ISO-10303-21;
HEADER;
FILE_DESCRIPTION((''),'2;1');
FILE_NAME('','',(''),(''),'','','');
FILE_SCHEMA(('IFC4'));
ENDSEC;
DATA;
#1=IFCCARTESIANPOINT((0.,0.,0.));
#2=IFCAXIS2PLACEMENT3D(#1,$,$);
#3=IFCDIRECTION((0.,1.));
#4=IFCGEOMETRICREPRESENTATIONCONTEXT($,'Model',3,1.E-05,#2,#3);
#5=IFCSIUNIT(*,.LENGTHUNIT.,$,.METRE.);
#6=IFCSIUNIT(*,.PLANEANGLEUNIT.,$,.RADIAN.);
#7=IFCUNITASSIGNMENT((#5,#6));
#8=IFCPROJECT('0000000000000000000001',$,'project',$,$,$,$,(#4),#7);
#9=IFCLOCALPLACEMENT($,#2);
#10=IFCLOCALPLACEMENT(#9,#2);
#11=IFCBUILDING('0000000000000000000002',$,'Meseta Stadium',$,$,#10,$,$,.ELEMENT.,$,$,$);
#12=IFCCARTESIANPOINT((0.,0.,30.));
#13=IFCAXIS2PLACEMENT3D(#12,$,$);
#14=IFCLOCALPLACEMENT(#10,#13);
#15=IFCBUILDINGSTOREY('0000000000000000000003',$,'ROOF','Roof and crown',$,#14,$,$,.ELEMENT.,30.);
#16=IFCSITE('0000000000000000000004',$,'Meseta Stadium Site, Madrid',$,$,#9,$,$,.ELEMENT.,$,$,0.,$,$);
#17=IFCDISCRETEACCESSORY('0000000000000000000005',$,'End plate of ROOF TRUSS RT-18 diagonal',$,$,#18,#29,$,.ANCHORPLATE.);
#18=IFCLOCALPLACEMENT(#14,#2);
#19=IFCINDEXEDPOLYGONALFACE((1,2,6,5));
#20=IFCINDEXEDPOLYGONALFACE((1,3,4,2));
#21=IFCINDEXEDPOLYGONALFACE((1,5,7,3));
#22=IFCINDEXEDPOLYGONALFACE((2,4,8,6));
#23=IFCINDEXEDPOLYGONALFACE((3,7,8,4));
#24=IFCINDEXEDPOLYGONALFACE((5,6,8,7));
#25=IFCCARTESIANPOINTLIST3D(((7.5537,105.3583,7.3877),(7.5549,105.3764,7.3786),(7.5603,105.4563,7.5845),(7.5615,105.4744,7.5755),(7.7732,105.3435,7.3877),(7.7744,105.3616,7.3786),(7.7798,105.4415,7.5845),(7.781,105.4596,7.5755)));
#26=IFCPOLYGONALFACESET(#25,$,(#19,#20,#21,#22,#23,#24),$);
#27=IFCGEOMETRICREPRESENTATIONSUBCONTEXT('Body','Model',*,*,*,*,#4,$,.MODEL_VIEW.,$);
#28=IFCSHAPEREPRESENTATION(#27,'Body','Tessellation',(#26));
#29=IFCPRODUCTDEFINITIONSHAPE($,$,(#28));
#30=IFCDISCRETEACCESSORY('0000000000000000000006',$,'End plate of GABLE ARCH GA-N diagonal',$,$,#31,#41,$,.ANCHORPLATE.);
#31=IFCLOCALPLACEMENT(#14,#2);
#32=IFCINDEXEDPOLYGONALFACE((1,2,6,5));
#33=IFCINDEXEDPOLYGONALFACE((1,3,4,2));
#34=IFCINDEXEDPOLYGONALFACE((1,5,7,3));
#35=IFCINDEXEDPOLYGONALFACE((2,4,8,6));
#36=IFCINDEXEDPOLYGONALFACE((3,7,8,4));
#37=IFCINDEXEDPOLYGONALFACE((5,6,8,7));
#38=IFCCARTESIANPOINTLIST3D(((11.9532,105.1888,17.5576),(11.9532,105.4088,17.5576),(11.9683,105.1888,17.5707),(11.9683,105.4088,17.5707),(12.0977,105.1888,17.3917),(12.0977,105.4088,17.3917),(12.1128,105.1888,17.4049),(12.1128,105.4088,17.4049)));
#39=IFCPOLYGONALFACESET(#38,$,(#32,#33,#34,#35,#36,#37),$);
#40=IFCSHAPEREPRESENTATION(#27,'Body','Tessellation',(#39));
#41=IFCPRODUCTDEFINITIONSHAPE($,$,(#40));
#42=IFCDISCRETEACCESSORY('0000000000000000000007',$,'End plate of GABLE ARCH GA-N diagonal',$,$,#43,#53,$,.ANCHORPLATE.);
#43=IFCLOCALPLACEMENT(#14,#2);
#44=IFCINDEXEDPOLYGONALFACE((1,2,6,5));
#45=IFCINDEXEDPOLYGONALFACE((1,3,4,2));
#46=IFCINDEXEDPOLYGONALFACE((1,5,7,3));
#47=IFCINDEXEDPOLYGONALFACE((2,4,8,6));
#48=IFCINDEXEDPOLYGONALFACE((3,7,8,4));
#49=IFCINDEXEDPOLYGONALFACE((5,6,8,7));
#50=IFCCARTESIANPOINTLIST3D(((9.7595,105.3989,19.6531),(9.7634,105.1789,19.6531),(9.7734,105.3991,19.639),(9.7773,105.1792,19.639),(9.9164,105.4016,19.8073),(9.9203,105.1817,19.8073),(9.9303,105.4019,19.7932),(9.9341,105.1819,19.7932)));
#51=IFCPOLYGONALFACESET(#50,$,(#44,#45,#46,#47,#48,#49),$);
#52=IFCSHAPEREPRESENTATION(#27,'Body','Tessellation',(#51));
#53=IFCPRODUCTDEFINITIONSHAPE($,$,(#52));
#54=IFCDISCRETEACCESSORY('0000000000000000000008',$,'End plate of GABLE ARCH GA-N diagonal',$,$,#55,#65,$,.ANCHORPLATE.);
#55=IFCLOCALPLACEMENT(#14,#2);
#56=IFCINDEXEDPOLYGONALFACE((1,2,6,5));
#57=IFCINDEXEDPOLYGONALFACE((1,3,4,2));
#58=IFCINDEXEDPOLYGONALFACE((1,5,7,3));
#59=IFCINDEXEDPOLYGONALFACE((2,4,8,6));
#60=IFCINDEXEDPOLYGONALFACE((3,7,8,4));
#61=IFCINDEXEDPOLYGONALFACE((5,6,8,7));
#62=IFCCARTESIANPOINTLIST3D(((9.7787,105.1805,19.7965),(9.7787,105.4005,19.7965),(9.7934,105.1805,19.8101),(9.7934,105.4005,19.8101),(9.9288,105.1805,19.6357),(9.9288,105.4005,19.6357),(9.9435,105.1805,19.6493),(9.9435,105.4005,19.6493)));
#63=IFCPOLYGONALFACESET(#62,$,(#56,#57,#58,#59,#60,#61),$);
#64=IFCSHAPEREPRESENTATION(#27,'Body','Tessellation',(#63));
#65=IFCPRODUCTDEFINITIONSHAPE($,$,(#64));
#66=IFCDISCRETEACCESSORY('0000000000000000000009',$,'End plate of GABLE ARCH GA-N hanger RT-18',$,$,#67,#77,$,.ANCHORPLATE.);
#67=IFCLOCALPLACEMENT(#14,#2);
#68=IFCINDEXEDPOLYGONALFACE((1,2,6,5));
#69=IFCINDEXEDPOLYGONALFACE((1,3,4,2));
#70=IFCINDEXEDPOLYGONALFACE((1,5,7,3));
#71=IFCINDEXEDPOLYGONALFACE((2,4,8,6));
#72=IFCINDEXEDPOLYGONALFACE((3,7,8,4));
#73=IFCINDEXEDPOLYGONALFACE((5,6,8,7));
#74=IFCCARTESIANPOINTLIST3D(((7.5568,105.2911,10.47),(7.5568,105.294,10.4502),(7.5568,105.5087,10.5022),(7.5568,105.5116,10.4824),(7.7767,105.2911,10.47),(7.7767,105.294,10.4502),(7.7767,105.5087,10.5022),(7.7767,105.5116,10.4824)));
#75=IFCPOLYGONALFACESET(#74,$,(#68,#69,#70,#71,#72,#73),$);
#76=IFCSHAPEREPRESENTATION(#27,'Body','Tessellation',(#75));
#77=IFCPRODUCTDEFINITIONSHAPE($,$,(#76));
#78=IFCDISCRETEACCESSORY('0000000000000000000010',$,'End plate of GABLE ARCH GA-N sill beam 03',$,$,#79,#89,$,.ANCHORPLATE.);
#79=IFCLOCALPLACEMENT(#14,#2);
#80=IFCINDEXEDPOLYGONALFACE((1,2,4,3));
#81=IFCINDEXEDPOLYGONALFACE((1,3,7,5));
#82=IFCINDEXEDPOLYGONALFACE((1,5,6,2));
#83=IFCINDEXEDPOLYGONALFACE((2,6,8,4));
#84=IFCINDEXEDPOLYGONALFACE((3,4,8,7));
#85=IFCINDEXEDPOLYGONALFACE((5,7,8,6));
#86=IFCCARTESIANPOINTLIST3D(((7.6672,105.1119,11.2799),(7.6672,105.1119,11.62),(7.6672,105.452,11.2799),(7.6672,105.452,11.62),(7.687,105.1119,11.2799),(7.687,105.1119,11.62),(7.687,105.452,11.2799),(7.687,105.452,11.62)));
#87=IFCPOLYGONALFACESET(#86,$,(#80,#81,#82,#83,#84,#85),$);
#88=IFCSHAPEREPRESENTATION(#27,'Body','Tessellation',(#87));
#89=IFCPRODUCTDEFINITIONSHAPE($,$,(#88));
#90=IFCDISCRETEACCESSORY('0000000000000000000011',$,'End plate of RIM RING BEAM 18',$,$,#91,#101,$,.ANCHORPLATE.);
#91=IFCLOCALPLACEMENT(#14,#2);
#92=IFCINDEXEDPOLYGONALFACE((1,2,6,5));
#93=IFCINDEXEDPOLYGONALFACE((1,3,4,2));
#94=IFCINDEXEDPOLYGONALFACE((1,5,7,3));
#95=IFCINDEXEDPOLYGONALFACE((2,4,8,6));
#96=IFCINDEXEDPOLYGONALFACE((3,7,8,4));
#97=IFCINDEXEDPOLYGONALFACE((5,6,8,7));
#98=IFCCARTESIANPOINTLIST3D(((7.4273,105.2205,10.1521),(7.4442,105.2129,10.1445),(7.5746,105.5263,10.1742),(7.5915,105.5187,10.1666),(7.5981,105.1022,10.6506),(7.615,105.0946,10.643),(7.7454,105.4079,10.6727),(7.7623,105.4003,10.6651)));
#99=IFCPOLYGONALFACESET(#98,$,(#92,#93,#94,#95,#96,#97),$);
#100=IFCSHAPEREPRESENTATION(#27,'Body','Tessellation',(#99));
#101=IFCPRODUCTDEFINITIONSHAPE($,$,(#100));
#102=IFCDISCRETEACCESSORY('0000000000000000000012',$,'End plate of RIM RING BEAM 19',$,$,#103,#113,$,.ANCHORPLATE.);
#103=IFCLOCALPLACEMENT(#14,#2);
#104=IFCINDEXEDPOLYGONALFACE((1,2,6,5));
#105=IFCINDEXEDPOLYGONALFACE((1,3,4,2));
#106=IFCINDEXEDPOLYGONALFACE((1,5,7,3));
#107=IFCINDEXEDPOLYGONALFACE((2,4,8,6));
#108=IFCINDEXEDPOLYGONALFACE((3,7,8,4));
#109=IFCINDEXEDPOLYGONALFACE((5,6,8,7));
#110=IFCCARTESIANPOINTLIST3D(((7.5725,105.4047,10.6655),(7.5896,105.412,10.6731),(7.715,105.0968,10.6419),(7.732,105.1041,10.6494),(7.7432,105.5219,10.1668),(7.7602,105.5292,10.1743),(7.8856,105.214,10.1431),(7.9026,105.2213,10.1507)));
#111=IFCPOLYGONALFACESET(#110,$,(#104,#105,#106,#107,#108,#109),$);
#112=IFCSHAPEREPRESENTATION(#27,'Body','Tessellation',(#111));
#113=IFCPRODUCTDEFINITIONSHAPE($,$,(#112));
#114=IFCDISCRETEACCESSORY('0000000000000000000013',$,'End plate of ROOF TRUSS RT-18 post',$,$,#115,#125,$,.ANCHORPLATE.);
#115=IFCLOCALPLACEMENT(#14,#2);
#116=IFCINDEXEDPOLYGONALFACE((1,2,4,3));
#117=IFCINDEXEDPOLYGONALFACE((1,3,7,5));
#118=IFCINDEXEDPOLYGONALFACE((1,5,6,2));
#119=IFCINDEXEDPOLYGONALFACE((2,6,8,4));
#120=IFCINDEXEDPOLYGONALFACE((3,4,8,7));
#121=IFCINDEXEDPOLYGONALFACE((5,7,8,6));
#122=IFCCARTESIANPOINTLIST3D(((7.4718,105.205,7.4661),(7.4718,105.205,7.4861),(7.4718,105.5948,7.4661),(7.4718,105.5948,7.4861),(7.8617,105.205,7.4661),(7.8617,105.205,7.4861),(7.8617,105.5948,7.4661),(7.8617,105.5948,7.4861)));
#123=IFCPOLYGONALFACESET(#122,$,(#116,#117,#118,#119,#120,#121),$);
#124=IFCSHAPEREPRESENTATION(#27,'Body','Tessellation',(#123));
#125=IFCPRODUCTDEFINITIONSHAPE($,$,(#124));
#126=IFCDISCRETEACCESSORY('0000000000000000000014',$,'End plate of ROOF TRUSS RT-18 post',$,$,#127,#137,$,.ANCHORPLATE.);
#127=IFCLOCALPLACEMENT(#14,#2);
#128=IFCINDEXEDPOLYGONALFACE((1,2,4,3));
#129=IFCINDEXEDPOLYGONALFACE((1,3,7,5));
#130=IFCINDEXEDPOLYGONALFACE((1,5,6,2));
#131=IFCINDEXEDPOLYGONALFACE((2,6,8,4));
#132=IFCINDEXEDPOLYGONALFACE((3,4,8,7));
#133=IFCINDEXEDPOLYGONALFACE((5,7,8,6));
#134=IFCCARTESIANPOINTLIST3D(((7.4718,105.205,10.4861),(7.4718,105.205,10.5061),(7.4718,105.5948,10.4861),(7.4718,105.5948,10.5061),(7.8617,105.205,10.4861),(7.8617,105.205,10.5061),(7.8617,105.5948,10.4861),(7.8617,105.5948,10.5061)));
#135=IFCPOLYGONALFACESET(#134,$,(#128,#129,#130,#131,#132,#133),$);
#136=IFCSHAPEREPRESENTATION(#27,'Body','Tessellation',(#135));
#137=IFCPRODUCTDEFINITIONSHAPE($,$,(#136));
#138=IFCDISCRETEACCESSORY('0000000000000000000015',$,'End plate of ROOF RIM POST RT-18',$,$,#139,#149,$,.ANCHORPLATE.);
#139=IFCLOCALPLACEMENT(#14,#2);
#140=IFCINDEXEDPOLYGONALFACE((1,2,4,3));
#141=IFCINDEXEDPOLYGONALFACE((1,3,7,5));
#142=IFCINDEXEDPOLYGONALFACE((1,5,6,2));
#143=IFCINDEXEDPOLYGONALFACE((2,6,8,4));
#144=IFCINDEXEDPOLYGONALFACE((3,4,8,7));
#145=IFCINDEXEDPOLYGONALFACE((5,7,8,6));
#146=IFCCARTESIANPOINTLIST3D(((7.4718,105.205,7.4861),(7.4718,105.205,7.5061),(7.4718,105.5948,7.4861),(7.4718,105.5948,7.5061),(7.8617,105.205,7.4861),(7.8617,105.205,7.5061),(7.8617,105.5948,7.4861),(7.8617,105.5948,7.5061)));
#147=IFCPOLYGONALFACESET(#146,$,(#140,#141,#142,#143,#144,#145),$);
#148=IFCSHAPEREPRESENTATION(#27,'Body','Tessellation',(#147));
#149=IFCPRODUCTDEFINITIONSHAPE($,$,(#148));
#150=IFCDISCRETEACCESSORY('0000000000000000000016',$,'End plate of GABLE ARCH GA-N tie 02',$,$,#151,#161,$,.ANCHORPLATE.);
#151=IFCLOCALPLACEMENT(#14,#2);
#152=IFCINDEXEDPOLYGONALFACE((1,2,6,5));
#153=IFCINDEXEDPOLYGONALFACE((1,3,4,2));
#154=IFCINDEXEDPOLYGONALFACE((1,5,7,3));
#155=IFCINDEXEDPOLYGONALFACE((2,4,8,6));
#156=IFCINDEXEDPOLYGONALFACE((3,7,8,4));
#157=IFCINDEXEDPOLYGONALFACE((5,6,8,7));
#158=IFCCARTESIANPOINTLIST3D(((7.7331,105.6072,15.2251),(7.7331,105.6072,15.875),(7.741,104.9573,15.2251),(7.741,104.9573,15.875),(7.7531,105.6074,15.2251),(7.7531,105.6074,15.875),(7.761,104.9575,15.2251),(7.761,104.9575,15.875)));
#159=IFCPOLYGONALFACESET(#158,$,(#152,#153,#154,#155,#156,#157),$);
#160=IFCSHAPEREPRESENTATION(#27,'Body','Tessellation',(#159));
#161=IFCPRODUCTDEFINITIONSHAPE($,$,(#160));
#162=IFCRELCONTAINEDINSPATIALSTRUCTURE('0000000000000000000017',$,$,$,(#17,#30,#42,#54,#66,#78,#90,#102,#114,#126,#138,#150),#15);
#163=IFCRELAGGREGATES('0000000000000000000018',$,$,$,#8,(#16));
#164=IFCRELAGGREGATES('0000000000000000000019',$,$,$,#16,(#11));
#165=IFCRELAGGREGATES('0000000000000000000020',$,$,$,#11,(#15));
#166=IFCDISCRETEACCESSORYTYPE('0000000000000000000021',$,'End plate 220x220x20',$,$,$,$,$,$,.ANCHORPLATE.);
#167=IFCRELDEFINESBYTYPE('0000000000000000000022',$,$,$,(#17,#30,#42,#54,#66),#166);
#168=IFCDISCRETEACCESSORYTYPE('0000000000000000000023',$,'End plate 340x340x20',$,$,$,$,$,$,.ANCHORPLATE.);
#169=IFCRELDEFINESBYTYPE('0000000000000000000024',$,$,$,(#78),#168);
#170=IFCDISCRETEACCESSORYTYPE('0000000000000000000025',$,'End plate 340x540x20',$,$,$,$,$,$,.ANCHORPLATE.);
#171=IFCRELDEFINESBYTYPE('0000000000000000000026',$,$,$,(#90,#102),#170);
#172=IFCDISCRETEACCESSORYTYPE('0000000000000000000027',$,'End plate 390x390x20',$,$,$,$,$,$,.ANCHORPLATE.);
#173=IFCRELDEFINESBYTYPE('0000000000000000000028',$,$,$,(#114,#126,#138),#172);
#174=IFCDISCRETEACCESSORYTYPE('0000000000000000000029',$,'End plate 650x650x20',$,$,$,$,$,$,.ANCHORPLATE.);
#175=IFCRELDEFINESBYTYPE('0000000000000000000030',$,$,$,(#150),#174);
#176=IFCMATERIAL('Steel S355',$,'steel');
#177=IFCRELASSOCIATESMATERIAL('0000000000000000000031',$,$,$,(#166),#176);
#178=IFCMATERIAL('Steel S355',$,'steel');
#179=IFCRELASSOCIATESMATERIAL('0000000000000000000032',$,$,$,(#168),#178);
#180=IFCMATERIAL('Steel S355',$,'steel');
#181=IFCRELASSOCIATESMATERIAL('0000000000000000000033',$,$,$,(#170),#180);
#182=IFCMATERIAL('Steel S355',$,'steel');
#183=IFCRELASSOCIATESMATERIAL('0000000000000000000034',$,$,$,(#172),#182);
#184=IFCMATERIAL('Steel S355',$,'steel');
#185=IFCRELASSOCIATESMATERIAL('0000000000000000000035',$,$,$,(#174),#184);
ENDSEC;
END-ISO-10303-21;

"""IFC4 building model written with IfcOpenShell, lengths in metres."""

from ifc_helpers import new_model, si_unit, direction, frame, origin, origin_2d, place, context, subcontext, project, spatial, rectangle, extrude, material, material_profile, profile_set, type_object, element, save


model = new_model("IFC4")

# Units and contexts
model_context = context("Model", 3, precision=1e-05, world=origin(), true_north=direction((0.0, 1.0)))
body_context = subcontext(model_context, "Body", "Model", "MODEL_VIEW")
ifc_project = project(units=[si_unit("LENGTHUNIT", "METRE"), si_unit("PLANEANGLEUNIT", "RADIAN")], contexts=[model_context])

# Site, building, storey
site_placement = place(None, origin())
site = spatial("IfcSite", under=ifc_project, at=site_placement, Name="Meseta Stadium Site, Madrid", CompositionType="ELEMENT", RefElevation=0.0)
building_placement = place(site_placement, origin())
building = spatial("IfcBuilding", under=site, at=building_placement, Name="Meseta Stadium", CompositionType="ELEMENT")
storey_placement = place(building_placement, frame((0.0, 0.0, 30.0)))
storey = spatial("IfcBuildingStorey", under=building, at=storey_placement, Name="ROOF", Description="Roof and crown", CompositionType="ELEMENT", Elevation=30.0)

# Discrete accessories
ifc_material_1 = material(Name="Steel S355", Category="steel")
ifc_material_profile_1 = material_profile(ifc_material_1, rectangle(XDim=0.22, YDim=0.22, at=origin_2d()), Name="PL 220x220")
ifc_profile_set_1 = profile_set([ifc_material_profile_1], Name="Steel S355")
discrete_accessory_type_1 = type_object("IfcDiscreteAccessoryType", Name="End plate 220x220x20", PredefinedType="ANCHORPLATE", material=ifc_profile_set_1)
discrete_accessory_1_placement = place(storey_placement, frame((7.6667, 105.3999, 7.4861), z_axis=(0.060324, 0.892798, -0.446399), x_axis=(-0.997725, 0.067414, 0.0)))
element("IfcDiscreteAccessory", 1, at=discrete_accessory_1_placement, inside=storey, type_object=discrete_accessory_type_1, Name="End plate of ROOF TRUSS RT-18 diagonal", PredefinedType="ANCHORPLATE", context=body_context, shape_type="SweptSolid", body=[
    extrude(rectangle(XDim=0.22, YDim=0.22, at=origin_2d()), origin(), (0.0, 0.0, 1.0), 0.0203),
])
discrete_accessory_2_placement = place(storey_placement, frame((12.0405, 105.2988, 17.4878), z_axis=(-0.754082, 0.0, -0.656781), x_axis=(0.0, -1.0, 0.0)))
element("IfcDiscreteAccessory", 2, at=discrete_accessory_2_placement, inside=storey, type_object=discrete_accessory_type_1, Name="End plate of GABLE ARCH GA-N diagonal", PredefinedType="ANCHORPLATE", context=body_context, shape_type="SweptSolid", body=[
    extrude(rectangle(XDim=0.22, YDim=0.22, at=origin_2d()), origin(), (0.0, 0.0, 1.0), 0.02),
])
discrete_accessory_3_placement = place(storey_placement, frame((9.8538, 105.2905, 19.7161), z_axis=(-0.700879, -0.012296, 0.713175), x_axis=(0.017541, -0.999846, 0.0)))
element("IfcDiscreteAccessory", 3, at=discrete_accessory_3_placement, inside=storey, type_object=discrete_accessory_type_1, Name="End plate of GABLE ARCH GA-N diagonal", PredefinedType="ANCHORPLATE", context=body_context, shape_type="SweptSolid", body=[
    extrude(rectangle(XDim=0.22, YDim=0.22, at=origin_2d()), origin(), (0.0, 0.0, 1.0), 0.0198),
])
for number, where, z_axis, x_axis, name in (
    (4, (9.8684, 105.2905, 19.7297), (-0.731055, 0.0, -0.682318), (0.0, -1.0, 0.0), "End plate of GABLE ARCH GA-N diagonal"),
    (5, (7.6667, 105.3999, 10.4861), (0.0, 0.146549, -0.989203), (-1.0, 0.0, 0.0), "End plate of GABLE ARCH GA-N hanger RT-18"),
):
    element("IfcDiscreteAccessory", number, at=place(storey_placement, frame(where, z_axis=z_axis, x_axis=x_axis)), inside=storey, type_object=discrete_accessory_type_1, Name=name, PredefinedType="ANCHORPLATE", context=body_context, shape_type="SweptSolid", body=[
        extrude(rectangle(XDim=0.22, YDim=0.22, at=origin_2d()), origin(), (0.0, 0.0, 1.0), 0.02),
    ])
ifc_material_2 = material(Name="Steel S355", Category="steel")
ifc_material_profile_2 = material_profile(ifc_material_2, rectangle(XDim=0.3401, YDim=0.3401, at=origin_2d()), Name="PL 340x340")
ifc_profile_set_2 = profile_set([ifc_material_profile_2], Name="Steel S355")
discrete_accessory_type_2 = type_object("IfcDiscreteAccessoryType", Name="End plate 340x340x20", PredefinedType="ANCHORPLATE", material=ifc_profile_set_2)
discrete_accessory_4_placement = place(storey_placement, frame((7.687, 105.282, 11.45), z_axis=(-1.0, 0.0, 0.0), x_axis=(0.0, -1.0, 0.0)))
element("IfcDiscreteAccessory", 6, at=discrete_accessory_4_placement, inside=storey, type_object=discrete_accessory_type_2, Name="End plate of GABLE ARCH GA-N sill beam 03", PredefinedType="ANCHORPLATE", context=body_context, shape_type="SweptSolid", body=[
    extrude(rectangle(XDim=0.3401, YDim=0.3401, at=origin_2d()), origin(), (0.0, 0.0, 1.0), 0.0198),
])
ifc_material_3 = material(Name="Steel S355", Category="steel")
ifc_material_profile_3 = material_profile(ifc_material_3, rectangle(XDim=0.3401, YDim=0.54, at=origin_2d()), Name="PL 340x540")
ifc_profile_set_3 = profile_set([ifc_material_profile_3], Name="Steel S355")
discrete_accessory_type_3 = type_object("IfcDiscreteAccessoryType", Name="End plate 340x540x20", PredefinedType="ANCHORPLATE", material=ifc_profile_set_3)
for number, where, z_axis, x_axis, name in (
    (7, (7.6033, 105.3066, 10.4048), (-0.844041, 0.379207, 0.379207), (-0.433103, -0.898997, -0.065006), "End plate of RIM RING BEAM 18"),
    (8, (7.7461, 105.3167, 10.4119), (-0.851319, -0.364851, -0.377013), (0.418827, -0.905399, -0.069546), "End plate of RIM RING BEAM 19"),
):
    element("IfcDiscreteAccessory", number, at=place(storey_placement, frame(where, z_axis=z_axis, x_axis=x_axis)), inside=storey, type_object=discrete_accessory_type_3, Name=name, PredefinedType="ANCHORPLATE", context=body_context, shape_type="SweptSolid", body=[
        extrude(rectangle(XDim=0.3401, YDim=0.54, at=origin_2d()), origin(), (0.0, 0.0, 1.0), 0.02),
    ])
ifc_material_4 = material(Name="Steel S355", Category="steel")
ifc_material_profile_4 = material_profile(ifc_material_4, rectangle(XDim=0.3899, YDim=0.3899, at=origin_2d()), Name="PL 390x390")
ifc_profile_set_4 = profile_set([ifc_material_profile_4], Name="Steel S355")
discrete_accessory_type_4 = type_object("IfcDiscreteAccessoryType", Name="End plate 390x390x20", PredefinedType="ANCHORPLATE", material=ifc_profile_set_4)
for number, where, z_axis, x_axis, name in (
    (9, (7.6667, 105.3999, 7.4661), (0.0, 0.0, 1.0), (1.0, 0.0, 0.0), "End plate of ROOF TRUSS RT-18 post"),
    (10, (7.6667, 105.3999, 10.4861), (0.0, 0.0, 1.0), (1.0, 0.0, 0.0), "End plate of ROOF TRUSS RT-18 post"),
    (11, (7.6667, 105.3999, 7.4861), (0.0, 0.0, 1.0), (1.0, 0.0, 0.0), "End plate of ROOF RIM POST RT-18"),
):
    element("IfcDiscreteAccessory", number, at=place(storey_placement, frame(where, z_axis=z_axis, x_axis=x_axis)), inside=storey, type_object=discrete_accessory_type_4, Name=name, PredefinedType="ANCHORPLATE", context=body_context, shape_type="SweptSolid", body=[
        extrude(rectangle(XDim=0.3899, YDim=0.3899, at=origin_2d()), origin(), (0.0, 0.0, 1.0), 0.02),
    ])
ifc_material_5 = material(Name="Steel S355", Category="steel")
ifc_material_profile_5 = material_profile(ifc_material_5, rectangle(XDim=0.6499, YDim=0.6499, at=origin_2d()), Name="PL 650x650")
ifc_profile_set_5 = profile_set([ifc_material_profile_5], Name="Steel S355")
discrete_accessory_type_5 = type_object("IfcDiscreteAccessoryType", Name="End plate 650x650x20", PredefinedType="ANCHORPLATE", material=ifc_profile_set_5)
discrete_accessory_5_placement = place(storey_placement, frame((7.7571, 105.2825, 15.55), z_axis=(-0.999926, -0.012194, 0.0), x_axis=(0.012194, -0.999926, 0.0)))
element("IfcDiscreteAccessory", 12, at=discrete_accessory_5_placement, inside=storey, type_object=discrete_accessory_type_5, Name="End plate of GABLE ARCH GA-N tie 02", PredefinedType="ANCHORPLATE", context=body_context, shape_type="SweptSolid", body=[
    extrude(rectangle(XDim=0.6499, YDim=0.6499, at=origin_2d()), origin(), (0.0, 0.0, 1.0), 0.02),
])

save(model, "model.ifc")
